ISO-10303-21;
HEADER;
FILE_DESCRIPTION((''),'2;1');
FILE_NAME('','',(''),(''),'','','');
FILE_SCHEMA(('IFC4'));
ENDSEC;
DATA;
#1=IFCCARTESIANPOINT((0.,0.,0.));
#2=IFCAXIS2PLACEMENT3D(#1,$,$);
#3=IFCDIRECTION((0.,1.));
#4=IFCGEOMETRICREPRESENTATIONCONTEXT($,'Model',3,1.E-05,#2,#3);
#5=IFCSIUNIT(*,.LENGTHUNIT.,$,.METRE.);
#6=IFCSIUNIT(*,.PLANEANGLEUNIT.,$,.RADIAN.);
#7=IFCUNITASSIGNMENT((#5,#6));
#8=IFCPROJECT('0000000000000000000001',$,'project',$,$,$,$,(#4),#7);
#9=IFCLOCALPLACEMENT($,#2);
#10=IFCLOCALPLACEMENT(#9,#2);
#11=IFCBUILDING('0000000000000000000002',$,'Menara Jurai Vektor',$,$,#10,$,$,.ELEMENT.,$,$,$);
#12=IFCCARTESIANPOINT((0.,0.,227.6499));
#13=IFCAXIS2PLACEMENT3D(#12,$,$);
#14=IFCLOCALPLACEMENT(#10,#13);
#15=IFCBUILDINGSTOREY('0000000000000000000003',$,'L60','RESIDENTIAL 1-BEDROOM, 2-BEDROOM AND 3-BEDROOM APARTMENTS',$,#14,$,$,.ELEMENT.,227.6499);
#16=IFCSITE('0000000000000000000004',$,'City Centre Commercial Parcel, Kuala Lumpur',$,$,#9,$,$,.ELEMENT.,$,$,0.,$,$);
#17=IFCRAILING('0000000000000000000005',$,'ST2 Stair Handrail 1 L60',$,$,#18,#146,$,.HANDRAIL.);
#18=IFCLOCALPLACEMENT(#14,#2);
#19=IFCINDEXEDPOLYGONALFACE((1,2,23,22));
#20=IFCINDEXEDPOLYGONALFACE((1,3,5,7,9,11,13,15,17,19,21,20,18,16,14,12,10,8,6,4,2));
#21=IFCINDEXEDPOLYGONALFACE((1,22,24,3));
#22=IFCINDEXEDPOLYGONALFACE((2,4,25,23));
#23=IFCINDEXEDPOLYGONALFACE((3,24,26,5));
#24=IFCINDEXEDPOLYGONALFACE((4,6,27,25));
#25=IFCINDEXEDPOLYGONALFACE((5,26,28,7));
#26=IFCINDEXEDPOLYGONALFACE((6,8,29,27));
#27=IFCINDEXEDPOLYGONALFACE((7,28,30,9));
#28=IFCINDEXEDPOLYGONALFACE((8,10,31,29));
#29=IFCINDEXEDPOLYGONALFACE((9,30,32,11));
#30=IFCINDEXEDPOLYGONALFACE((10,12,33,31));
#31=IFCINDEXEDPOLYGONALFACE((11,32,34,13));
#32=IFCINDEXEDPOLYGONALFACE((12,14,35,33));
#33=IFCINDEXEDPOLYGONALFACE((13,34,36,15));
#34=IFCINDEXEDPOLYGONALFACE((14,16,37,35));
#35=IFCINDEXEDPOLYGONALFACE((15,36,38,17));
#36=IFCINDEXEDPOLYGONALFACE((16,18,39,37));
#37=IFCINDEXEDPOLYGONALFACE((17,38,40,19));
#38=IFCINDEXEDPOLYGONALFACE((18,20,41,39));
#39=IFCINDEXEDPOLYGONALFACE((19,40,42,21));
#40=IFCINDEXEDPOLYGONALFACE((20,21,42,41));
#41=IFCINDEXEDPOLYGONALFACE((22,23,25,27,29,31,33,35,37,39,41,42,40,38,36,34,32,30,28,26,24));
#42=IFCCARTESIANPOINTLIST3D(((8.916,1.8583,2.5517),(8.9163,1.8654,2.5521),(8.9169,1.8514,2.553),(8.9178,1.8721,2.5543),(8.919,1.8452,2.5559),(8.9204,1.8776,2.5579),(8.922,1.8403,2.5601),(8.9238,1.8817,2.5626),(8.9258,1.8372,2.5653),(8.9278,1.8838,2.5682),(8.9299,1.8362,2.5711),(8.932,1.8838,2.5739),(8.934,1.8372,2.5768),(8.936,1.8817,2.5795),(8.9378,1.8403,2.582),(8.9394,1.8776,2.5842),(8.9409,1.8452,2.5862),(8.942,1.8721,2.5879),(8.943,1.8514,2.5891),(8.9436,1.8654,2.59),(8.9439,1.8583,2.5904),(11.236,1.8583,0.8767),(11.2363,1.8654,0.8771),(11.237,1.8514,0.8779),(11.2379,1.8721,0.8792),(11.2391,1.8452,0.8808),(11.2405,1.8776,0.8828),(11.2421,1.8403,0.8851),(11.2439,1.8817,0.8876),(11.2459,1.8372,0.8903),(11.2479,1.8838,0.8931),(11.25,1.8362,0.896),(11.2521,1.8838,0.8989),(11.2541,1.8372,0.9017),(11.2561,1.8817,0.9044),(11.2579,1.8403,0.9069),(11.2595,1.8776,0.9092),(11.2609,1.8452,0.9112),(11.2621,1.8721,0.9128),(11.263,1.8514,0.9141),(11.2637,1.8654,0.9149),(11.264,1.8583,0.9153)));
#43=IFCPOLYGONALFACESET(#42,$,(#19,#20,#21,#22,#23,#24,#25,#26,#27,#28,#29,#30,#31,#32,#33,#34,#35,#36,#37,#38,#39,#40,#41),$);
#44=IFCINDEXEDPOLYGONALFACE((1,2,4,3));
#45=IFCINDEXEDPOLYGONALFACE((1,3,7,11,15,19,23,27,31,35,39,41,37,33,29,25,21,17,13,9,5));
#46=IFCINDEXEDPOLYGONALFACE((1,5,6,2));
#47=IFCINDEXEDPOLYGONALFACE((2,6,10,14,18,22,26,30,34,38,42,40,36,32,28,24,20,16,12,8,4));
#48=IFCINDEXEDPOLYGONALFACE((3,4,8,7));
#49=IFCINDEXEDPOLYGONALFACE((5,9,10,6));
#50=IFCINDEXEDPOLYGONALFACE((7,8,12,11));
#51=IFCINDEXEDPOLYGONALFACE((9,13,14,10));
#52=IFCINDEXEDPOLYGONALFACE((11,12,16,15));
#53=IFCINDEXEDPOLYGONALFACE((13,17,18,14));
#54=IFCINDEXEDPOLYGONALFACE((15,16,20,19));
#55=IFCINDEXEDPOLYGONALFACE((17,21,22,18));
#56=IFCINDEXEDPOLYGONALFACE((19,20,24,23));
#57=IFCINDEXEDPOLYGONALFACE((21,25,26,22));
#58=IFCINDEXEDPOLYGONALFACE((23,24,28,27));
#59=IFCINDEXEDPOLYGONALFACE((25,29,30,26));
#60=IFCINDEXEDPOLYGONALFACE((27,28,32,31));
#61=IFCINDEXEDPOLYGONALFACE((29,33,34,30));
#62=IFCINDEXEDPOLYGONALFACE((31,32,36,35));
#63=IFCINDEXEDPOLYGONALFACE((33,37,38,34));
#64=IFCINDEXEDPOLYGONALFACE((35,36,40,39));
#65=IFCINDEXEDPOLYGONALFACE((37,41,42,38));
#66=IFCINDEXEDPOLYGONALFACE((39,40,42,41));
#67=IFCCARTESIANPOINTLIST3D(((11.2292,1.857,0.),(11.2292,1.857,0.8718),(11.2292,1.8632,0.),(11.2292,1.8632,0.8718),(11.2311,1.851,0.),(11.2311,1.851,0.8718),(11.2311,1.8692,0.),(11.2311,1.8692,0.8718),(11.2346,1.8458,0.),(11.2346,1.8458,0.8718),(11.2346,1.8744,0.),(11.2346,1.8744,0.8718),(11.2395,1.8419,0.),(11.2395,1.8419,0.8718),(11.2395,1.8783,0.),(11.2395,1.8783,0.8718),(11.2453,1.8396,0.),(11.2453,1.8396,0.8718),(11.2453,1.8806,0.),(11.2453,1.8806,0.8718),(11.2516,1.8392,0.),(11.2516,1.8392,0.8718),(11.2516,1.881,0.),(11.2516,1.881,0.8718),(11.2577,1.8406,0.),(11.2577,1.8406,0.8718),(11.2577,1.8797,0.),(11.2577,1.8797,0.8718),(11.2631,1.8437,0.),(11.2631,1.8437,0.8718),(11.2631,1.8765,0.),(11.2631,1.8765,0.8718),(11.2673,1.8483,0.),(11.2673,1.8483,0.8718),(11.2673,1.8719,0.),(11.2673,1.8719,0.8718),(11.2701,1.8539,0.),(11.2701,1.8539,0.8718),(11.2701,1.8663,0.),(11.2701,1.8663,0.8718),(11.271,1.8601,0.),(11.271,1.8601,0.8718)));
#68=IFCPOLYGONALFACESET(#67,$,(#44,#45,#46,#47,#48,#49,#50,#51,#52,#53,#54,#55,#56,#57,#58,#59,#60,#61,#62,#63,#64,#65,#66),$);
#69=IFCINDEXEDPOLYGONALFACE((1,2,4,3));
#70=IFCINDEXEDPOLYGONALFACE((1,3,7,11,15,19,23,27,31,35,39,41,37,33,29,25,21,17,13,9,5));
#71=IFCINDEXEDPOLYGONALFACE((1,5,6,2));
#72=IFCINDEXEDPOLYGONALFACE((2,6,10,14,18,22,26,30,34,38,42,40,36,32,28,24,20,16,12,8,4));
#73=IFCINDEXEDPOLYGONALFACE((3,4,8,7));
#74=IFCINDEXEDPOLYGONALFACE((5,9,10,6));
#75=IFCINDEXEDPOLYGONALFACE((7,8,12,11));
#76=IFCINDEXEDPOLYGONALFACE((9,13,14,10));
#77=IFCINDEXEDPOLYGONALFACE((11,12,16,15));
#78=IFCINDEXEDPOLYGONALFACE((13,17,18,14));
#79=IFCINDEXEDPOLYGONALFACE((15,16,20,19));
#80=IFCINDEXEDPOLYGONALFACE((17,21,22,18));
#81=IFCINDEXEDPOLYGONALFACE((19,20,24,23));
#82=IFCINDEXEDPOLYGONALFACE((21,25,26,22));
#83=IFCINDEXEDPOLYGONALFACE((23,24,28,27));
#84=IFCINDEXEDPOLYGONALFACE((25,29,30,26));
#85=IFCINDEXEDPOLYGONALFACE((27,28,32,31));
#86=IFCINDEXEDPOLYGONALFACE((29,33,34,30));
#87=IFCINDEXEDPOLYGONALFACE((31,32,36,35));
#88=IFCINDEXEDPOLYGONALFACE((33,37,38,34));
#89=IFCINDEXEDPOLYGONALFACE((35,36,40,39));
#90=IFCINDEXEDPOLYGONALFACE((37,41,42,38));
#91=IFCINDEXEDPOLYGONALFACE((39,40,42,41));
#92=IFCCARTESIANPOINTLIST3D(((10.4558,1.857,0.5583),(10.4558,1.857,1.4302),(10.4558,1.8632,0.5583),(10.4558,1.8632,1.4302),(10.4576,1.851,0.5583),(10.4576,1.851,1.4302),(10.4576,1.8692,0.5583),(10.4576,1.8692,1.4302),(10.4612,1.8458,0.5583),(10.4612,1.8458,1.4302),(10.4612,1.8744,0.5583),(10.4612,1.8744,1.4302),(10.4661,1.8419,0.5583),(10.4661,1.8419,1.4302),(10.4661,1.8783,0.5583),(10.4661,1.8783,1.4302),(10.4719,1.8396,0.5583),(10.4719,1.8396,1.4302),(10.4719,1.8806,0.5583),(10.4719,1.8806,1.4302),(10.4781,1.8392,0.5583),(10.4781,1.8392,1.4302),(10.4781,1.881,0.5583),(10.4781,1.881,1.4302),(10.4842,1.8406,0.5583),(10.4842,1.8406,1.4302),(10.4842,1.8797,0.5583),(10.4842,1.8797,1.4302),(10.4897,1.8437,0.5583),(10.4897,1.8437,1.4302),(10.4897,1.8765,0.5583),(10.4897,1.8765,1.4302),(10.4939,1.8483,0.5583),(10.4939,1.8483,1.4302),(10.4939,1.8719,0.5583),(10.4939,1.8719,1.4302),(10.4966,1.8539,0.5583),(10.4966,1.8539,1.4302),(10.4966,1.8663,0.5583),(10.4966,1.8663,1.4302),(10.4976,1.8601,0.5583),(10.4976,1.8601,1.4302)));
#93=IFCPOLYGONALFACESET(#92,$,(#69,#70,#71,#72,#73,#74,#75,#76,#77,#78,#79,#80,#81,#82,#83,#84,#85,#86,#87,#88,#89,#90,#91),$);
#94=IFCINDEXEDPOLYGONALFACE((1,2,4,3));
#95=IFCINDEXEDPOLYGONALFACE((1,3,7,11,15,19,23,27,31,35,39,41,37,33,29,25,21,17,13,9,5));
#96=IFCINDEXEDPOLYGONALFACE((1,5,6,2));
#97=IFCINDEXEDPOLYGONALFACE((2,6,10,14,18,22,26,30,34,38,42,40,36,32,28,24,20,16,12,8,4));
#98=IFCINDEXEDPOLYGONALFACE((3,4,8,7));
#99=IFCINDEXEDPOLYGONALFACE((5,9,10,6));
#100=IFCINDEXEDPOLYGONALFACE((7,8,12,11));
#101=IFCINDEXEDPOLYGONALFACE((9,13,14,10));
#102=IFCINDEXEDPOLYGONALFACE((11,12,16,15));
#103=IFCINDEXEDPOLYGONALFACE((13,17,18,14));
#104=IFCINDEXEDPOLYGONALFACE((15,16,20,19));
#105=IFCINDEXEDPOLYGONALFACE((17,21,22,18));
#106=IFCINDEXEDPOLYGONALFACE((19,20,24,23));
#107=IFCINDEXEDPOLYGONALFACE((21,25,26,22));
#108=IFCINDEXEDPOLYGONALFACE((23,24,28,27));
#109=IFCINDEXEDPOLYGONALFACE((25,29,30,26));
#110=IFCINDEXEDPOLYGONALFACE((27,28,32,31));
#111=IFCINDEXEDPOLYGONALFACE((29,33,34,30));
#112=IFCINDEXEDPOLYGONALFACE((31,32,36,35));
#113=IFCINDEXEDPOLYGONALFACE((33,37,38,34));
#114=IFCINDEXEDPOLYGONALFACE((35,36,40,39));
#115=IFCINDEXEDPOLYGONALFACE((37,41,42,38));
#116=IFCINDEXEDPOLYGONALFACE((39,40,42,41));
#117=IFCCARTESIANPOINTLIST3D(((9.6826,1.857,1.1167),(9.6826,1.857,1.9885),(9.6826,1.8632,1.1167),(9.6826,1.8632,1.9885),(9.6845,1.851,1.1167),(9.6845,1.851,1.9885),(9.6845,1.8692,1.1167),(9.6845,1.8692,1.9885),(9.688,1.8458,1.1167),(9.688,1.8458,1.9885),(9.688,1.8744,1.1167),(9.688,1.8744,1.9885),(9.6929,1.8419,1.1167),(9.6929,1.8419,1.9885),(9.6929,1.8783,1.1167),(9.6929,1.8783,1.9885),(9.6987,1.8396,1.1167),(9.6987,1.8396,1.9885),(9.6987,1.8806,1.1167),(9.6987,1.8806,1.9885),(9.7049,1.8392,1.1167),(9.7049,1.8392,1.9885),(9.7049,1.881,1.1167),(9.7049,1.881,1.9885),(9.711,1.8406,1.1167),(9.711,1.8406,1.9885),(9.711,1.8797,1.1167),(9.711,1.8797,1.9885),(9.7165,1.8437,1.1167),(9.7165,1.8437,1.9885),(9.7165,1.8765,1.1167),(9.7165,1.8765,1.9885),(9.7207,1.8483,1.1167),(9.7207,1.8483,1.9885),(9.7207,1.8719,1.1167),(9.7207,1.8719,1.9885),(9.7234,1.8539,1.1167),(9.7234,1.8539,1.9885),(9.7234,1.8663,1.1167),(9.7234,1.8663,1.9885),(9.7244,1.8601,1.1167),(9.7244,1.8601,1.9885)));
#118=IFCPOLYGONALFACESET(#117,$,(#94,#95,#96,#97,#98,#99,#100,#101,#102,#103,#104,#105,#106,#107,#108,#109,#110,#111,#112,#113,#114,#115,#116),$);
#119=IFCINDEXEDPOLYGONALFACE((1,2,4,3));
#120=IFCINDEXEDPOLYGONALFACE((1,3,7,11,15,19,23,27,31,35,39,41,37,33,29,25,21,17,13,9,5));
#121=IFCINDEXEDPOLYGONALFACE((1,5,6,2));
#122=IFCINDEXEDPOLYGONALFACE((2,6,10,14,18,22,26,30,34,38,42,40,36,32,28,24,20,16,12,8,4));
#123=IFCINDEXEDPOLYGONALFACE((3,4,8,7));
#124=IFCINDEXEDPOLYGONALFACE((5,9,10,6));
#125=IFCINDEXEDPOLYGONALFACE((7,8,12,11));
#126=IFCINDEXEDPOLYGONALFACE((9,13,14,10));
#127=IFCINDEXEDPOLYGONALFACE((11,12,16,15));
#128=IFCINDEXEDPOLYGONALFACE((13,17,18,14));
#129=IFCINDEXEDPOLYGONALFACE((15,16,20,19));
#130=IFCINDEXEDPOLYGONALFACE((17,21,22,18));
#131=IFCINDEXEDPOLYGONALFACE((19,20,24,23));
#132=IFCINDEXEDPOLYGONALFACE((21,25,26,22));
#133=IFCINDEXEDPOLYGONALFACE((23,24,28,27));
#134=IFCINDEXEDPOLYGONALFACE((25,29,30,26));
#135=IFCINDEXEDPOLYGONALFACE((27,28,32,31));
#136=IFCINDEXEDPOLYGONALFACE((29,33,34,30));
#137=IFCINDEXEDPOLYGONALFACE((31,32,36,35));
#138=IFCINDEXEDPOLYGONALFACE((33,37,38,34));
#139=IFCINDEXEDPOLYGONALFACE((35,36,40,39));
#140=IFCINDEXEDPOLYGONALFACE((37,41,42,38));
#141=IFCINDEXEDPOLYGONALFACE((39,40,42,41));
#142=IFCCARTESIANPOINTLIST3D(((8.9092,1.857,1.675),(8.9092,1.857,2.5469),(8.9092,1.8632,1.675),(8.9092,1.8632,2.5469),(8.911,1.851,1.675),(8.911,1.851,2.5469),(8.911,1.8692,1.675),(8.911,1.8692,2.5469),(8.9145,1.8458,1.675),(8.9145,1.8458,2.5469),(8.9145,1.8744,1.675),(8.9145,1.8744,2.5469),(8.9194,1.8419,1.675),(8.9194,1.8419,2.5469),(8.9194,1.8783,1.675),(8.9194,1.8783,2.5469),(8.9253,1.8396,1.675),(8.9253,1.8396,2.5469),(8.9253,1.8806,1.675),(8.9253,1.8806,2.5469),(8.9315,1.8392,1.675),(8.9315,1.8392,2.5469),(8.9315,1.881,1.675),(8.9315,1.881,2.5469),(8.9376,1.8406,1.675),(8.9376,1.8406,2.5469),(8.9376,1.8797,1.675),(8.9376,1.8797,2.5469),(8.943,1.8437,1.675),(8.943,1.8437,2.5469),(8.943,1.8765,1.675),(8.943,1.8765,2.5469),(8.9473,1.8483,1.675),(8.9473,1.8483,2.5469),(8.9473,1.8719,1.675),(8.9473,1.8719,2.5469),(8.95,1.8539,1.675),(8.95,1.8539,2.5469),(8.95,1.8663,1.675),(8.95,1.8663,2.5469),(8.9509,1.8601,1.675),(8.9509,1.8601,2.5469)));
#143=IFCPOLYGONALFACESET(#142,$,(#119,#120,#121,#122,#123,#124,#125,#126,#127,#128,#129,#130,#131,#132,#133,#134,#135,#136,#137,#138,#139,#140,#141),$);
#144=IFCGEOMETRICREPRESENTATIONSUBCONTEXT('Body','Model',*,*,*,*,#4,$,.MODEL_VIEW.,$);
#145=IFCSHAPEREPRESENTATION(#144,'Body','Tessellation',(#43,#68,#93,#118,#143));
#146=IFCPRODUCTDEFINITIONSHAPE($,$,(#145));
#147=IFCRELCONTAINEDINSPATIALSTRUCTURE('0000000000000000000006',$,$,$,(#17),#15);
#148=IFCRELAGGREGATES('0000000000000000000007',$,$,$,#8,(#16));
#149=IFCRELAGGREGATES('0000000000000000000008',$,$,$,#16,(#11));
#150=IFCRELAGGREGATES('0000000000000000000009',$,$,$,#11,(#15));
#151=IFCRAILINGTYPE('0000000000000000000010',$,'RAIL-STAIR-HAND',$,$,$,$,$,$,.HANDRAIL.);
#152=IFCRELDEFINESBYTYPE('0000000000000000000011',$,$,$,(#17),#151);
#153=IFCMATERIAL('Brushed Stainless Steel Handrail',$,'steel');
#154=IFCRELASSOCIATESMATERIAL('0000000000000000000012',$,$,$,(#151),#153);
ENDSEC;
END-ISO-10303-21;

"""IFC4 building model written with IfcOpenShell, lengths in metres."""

from ifc_helpers import new_model, si_unit, direction, frame, origin, origin_2d, place, context, subcontext, project, spatial, circle, extrude, material, type_object, element, save


model = new_model("IFC4")

# Units and contexts
model_context = context("Model", 3, precision=1e-05, world=origin(), true_north=direction((0.0, 1.0)))
body_context = subcontext(model_context, "Body", "Model", "MODEL_VIEW")
ifc_project = project(units=[si_unit("LENGTHUNIT", "METRE"), si_unit("PLANEANGLEUNIT", "RADIAN")], contexts=[model_context])

# Site, building, storey
site_placement = place(None, origin())
site = spatial("IfcSite", under=ifc_project, at=site_placement, Name="City Centre Commercial Parcel, Kuala Lumpur", CompositionType="ELEMENT", RefElevation=0.0)
building_placement = place(site_placement, origin())
building = spatial("IfcBuilding", under=site, at=building_placement, Name="Menara Jurai Vektor", CompositionType="ELEMENT")
storey_placement = place(building_placement, frame((0.0, 0.0, 227.6499)))
storey = spatial("IfcBuildingStorey", under=building, at=storey_placement, Name="L60", Description="RESIDENTIAL 1-BEDROOM, 2-BEDROOM AND 3-BEDROOM APARTMENTS", CompositionType="ELEMENT", Elevation=227.6499)

# Railing
ifc_material_1 = material(Name="Brushed Stainless Steel Handrail", Category="steel")
railing_type_1 = type_object("IfcRailingType", Name="RAIL-STAIR-HAND", PredefinedType="HANDRAIL", material=ifc_material_1)
railing_1_placement = place(storey_placement, frame((11.25, 1.8601, 0.0)))
element("IfcRailing", 1, at=railing_1_placement, inside=storey, type_object=railing_type_1, Name="ST2 Stair Handrail 1 L60", PredefinedType="HANDRAIL", context=body_context, shape_type="SweptSolid", body=[
    extrude(circle(Radius=0.0239, at=origin_2d()), frame((0.0, 0.0, 0.896), z_axis=(-0.810771, 0.0, 0.585363), x_axis=(0.0, -1.0, 0.0)), (0.0, 0.0, 1.0), 2.8616),
    extrude(circle(Radius=0.021, at=origin_2d()), origin(), (0.0, 0.0, 1.0), 0.8718),
    extrude(circle(Radius=0.021, at=origin_2d()), frame((-0.7734, 0.0, 0.5583)), (0.0, 0.0, 1.0), 0.8718),
    extrude(circle(Radius=0.021, at=origin_2d()), frame((-1.5466, 0.0, 1.1167)), (0.0, 0.0, 1.0), 0.8718),
    extrude(circle(Radius=0.021, at=origin_2d()), frame((-2.3201, 0.0, 1.675)), (0.0, 0.0, 1.0), 0.8718),
])

save(model, "model.ifc")
